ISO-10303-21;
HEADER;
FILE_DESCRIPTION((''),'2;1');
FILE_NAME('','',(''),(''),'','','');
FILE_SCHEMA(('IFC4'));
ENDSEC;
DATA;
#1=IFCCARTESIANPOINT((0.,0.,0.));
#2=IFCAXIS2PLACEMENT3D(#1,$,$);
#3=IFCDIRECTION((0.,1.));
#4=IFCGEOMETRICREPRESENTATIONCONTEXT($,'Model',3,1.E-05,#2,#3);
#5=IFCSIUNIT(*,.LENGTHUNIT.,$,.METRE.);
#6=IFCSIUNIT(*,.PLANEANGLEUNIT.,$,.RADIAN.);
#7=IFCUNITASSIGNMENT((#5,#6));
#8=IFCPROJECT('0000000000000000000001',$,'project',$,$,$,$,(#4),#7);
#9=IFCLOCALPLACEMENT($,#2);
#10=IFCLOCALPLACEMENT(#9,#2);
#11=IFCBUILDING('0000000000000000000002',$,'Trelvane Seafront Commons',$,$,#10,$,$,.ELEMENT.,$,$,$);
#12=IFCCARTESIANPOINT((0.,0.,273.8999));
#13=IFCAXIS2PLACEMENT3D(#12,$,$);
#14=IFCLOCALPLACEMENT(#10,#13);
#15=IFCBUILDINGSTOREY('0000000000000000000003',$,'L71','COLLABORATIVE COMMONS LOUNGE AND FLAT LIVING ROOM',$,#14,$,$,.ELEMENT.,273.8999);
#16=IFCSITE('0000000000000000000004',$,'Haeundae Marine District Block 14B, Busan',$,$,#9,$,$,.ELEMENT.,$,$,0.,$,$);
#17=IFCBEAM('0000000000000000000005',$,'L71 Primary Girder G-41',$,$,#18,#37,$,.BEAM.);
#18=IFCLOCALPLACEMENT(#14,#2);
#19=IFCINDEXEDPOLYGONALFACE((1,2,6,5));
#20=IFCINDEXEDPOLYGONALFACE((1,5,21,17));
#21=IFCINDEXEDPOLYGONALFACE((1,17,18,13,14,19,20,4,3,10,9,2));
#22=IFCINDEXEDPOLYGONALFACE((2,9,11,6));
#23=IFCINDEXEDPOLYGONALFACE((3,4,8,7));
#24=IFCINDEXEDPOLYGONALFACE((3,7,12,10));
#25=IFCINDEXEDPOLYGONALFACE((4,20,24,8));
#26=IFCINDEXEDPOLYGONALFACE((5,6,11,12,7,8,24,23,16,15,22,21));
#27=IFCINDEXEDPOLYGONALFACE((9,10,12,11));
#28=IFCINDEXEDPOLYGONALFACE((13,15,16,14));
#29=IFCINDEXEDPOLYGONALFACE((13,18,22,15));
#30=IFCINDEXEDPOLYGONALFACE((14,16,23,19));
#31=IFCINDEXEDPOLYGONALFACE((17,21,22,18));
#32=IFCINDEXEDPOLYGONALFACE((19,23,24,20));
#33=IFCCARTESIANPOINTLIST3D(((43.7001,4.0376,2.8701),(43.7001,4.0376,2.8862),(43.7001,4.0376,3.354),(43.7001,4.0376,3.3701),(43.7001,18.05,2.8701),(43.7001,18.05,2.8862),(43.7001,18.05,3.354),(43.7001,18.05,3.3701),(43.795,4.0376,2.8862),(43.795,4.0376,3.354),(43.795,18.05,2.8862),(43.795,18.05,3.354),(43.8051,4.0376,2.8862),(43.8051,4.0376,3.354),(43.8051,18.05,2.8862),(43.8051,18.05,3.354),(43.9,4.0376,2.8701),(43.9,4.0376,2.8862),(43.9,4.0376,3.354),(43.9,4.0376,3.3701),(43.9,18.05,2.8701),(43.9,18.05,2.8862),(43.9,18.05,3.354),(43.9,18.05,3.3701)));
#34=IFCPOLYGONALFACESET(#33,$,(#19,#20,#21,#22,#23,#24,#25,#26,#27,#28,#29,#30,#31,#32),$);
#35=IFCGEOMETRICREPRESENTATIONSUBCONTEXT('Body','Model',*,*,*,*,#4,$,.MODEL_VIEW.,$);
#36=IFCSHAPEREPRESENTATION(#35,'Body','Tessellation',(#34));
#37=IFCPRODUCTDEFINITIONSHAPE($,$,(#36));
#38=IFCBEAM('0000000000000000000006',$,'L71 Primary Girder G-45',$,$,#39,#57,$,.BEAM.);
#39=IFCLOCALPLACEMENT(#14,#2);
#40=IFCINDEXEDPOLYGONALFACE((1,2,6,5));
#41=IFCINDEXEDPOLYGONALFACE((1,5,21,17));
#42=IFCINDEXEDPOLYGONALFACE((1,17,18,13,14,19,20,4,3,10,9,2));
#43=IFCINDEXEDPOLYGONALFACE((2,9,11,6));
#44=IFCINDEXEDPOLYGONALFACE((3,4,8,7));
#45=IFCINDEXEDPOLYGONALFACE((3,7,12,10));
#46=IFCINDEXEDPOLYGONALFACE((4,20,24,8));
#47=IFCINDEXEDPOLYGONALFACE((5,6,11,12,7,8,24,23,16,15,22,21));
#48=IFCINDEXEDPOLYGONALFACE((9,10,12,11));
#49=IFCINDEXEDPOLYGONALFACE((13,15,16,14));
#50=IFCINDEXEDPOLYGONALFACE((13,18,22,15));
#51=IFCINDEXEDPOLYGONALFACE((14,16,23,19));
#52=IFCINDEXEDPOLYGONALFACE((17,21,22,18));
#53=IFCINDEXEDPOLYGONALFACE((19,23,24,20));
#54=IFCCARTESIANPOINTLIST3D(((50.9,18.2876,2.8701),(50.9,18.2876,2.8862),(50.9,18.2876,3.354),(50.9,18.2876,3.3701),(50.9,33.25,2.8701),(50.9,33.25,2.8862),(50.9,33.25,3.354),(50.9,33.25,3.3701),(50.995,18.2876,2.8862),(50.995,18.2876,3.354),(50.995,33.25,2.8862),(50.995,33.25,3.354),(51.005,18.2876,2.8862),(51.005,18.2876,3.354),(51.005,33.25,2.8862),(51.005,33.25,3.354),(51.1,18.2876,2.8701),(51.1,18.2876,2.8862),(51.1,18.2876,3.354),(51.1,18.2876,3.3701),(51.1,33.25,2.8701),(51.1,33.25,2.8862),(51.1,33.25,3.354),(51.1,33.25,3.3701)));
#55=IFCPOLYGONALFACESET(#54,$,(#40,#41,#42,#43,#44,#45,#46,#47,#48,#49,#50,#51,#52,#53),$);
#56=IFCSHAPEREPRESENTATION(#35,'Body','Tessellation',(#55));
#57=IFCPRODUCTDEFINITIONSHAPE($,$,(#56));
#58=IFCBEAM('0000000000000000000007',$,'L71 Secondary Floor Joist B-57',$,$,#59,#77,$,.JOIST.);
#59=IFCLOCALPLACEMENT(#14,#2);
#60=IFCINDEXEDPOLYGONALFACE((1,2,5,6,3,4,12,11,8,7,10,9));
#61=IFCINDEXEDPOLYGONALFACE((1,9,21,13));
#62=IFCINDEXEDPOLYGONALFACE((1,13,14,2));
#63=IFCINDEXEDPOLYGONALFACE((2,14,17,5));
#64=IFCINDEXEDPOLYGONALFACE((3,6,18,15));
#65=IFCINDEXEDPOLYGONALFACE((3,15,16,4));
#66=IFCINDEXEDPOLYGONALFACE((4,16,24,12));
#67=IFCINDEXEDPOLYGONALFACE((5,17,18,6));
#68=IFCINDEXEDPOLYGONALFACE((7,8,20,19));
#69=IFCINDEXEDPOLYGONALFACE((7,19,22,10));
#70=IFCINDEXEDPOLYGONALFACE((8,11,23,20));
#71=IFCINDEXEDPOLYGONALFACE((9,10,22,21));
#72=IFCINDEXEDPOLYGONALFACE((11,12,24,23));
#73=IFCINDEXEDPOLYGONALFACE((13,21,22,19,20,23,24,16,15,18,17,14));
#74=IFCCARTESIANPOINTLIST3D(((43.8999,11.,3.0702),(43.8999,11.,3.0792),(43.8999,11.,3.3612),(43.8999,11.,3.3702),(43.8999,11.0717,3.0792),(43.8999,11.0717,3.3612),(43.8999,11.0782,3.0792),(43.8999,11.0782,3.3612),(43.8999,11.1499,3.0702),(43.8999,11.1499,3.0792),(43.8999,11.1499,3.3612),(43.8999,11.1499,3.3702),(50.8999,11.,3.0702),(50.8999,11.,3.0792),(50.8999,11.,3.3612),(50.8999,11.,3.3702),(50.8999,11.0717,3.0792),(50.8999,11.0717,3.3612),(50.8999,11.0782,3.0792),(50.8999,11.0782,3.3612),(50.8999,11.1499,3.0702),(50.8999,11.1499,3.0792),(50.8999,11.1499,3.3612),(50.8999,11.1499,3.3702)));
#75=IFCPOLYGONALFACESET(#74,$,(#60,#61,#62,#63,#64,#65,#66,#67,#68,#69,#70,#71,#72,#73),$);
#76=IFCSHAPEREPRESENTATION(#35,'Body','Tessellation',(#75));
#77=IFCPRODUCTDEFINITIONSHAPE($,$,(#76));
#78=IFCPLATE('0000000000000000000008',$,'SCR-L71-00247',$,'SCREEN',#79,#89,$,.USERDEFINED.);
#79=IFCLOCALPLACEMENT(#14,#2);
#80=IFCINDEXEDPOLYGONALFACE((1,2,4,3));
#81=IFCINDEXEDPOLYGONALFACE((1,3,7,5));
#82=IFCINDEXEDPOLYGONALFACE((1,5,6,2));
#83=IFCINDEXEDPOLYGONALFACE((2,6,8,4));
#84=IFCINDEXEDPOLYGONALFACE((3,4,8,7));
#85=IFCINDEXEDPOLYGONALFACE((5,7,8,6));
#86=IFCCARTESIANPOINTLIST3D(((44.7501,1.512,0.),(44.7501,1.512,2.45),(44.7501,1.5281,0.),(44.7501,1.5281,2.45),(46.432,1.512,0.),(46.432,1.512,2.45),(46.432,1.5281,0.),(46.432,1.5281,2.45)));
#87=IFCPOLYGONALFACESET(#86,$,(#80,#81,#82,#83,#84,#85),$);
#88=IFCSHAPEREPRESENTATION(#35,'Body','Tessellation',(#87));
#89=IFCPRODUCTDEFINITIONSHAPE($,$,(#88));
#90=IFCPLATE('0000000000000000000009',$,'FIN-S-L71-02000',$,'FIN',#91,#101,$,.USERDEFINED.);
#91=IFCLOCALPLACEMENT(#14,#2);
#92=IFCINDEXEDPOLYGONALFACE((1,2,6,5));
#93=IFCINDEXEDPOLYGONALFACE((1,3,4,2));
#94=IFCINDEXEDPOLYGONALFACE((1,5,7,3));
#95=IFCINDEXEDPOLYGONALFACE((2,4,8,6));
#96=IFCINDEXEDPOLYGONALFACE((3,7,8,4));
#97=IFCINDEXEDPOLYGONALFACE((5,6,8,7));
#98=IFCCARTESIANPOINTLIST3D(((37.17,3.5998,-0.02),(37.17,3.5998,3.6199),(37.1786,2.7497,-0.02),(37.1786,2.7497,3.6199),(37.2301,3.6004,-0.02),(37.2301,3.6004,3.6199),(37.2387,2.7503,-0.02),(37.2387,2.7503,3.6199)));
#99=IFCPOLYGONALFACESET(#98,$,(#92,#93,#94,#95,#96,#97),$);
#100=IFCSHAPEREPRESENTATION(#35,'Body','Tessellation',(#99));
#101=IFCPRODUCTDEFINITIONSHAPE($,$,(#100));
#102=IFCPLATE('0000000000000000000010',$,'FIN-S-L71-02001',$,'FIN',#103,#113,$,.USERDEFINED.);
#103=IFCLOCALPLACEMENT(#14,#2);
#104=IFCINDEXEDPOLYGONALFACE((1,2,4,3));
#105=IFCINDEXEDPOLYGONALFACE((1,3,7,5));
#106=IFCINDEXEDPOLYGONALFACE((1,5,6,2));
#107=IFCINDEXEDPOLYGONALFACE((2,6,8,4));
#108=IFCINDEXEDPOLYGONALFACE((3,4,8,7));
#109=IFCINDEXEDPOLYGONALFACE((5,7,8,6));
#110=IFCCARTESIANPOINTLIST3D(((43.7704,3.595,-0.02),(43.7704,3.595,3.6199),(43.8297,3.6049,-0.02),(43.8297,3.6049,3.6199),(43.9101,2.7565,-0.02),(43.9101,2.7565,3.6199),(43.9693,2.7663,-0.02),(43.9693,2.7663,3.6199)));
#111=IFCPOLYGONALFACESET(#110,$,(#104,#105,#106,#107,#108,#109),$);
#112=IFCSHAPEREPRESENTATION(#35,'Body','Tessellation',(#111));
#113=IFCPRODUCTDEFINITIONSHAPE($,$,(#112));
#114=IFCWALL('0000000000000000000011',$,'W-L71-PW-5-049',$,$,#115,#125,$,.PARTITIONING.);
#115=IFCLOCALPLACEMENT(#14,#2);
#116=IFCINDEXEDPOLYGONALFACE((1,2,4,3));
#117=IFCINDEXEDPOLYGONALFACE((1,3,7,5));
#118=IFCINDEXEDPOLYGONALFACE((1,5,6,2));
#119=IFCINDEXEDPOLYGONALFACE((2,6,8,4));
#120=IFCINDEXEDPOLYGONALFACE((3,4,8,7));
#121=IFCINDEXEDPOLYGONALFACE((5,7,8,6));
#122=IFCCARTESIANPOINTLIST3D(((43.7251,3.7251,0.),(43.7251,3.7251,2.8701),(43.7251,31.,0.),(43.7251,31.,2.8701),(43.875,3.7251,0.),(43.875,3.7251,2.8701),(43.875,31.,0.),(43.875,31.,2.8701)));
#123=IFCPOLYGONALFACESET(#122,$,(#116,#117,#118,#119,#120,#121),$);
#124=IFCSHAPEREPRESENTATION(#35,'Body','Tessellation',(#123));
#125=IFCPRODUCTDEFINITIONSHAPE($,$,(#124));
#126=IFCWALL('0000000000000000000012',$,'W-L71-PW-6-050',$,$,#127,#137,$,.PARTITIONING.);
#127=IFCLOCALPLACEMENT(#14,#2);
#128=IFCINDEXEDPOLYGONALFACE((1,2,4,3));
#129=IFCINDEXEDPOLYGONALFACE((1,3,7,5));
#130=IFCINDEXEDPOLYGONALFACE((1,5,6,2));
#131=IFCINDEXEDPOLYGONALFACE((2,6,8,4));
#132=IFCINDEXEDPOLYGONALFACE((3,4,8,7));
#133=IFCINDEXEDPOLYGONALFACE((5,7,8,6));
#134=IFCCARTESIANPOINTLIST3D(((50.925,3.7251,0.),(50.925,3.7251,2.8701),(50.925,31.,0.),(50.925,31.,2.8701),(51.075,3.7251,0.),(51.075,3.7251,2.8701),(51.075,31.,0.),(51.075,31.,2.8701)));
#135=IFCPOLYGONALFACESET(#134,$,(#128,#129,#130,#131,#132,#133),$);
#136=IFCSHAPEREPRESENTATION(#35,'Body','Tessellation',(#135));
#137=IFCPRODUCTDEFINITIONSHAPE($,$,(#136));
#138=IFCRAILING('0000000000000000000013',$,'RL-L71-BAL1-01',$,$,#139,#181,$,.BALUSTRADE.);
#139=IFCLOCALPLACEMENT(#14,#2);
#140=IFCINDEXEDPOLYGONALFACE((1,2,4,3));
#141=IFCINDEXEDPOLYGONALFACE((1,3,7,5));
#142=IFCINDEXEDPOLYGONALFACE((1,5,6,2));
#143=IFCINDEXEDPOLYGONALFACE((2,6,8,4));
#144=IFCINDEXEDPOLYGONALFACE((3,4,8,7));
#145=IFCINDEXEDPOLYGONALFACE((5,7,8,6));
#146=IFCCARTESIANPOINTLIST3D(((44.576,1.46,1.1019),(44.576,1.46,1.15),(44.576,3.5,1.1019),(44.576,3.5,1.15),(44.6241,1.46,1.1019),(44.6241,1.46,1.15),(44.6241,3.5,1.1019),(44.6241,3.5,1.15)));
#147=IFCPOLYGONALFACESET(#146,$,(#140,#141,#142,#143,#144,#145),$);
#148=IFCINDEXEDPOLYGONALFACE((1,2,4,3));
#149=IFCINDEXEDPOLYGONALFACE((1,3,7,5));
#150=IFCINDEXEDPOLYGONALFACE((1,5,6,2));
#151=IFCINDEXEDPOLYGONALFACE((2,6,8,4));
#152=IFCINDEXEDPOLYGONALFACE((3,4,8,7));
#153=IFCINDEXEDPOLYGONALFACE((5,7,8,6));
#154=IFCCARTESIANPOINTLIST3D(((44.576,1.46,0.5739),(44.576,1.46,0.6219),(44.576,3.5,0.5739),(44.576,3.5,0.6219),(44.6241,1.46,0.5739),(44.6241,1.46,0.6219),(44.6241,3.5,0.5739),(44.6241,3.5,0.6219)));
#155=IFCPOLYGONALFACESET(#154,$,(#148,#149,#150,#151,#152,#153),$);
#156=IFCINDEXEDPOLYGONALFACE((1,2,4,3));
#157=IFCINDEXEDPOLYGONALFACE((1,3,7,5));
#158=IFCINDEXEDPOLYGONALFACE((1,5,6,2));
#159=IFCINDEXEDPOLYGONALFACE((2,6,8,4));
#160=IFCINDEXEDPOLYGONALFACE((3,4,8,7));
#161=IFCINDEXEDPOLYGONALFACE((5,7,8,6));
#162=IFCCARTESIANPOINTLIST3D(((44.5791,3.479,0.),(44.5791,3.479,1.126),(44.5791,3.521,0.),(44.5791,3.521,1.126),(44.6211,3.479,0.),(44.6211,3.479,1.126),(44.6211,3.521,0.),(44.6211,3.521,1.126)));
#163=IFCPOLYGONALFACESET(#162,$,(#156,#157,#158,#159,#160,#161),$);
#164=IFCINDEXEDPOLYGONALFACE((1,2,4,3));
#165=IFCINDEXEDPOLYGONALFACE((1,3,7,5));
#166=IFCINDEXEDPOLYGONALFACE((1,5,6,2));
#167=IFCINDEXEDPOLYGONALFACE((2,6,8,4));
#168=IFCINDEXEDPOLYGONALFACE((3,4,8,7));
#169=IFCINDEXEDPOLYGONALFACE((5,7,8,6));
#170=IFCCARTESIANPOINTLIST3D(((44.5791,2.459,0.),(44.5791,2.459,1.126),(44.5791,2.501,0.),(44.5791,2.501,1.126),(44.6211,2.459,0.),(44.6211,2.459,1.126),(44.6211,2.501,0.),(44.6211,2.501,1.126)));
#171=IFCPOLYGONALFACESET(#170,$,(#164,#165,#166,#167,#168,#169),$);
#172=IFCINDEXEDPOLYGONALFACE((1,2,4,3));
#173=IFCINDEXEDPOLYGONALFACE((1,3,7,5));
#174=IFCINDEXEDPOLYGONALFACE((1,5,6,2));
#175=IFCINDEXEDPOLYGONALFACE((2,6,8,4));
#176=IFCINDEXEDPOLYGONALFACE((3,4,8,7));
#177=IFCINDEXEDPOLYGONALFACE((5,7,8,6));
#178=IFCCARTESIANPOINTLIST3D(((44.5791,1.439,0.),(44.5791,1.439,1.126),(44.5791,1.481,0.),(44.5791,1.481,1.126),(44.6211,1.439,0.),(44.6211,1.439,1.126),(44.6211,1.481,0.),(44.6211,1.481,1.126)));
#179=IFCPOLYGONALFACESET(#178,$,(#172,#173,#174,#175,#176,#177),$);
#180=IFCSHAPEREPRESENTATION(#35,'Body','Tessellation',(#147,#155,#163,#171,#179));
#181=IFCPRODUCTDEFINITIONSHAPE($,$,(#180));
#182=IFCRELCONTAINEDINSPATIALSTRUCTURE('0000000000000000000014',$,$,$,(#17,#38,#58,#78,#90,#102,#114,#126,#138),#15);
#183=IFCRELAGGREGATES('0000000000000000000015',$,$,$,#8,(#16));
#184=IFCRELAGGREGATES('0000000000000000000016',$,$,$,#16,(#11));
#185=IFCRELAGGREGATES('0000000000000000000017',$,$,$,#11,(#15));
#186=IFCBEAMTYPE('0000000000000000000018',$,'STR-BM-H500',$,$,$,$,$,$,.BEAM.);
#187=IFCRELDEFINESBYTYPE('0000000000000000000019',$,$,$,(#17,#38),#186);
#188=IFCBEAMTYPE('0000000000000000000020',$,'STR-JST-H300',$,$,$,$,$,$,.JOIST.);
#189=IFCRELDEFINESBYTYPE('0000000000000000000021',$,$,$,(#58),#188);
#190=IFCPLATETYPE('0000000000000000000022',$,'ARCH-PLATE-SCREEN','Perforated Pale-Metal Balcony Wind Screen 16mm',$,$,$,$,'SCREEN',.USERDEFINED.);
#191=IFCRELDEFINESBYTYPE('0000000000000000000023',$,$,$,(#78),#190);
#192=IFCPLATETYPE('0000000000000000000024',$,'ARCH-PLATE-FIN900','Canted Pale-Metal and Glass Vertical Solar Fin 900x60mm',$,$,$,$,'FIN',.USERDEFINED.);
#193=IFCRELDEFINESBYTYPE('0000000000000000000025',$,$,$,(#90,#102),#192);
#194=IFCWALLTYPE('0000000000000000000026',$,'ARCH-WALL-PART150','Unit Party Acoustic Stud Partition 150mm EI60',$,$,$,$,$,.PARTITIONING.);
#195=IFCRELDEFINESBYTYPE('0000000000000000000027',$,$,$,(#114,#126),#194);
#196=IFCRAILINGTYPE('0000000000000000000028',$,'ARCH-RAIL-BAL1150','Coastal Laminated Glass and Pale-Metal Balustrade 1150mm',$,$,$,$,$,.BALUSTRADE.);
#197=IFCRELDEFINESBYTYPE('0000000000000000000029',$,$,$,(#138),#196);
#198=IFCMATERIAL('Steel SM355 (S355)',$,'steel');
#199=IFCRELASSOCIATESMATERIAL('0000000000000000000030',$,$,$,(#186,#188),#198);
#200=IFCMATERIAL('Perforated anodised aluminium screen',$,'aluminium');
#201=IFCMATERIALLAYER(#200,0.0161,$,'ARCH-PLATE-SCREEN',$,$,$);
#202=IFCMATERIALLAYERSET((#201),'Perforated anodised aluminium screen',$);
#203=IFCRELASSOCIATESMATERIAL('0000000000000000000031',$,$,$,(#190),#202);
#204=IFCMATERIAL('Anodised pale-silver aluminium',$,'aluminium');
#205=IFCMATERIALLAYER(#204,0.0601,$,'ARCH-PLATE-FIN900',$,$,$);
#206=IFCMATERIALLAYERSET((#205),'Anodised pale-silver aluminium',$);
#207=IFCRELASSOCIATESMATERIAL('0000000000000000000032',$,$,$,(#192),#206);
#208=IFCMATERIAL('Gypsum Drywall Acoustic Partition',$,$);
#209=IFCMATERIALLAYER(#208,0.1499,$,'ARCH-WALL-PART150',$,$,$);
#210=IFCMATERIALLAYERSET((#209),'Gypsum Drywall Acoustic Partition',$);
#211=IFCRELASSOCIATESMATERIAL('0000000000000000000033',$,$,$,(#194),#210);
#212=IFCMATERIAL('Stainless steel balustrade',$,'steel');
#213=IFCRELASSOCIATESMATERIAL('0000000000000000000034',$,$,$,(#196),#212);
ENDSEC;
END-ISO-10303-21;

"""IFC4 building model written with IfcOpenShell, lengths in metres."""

from ifc_helpers import new_model, si_unit, direction, frame, frame_2d, origin, origin_2d, place, context, subcontext, project, spatial, rectangle, i_section, extrude, source, transform, mapped, material, layer, layer_set, material_profile, profile_set, type_object, element, save


model = new_model("IFC4")

# Units and contexts
model_context = context("Model", 3, precision=1e-05, world=origin(), true_north=direction((0.0, 1.0)))
body_context = subcontext(model_context, "Body", "Model", "MODEL_VIEW")
ifc_project = project(units=[si_unit("LENGTHUNIT", "METRE"), si_unit("PLANEANGLEUNIT", "RADIAN")], contexts=[model_context])

# Site, building, storey
site_placement = place(None, origin())
site = spatial("IfcSite", under=ifc_project, at=site_placement, Name="Haeundae Marine District Block 14B, Busan", CompositionType="ELEMENT", RefElevation=0.0)
building_placement = place(site_placement, origin())
building = spatial("IfcBuilding", under=site, at=building_placement, Name="Trelvane Seafront Commons", CompositionType="ELEMENT")
storey_placement = place(building_placement, frame((0.0, 0.0, 273.8999)))
storey = spatial("IfcBuildingStorey", under=building, at=storey_placement, Name="L71", Description="COLLABORATIVE COMMONS LOUNGE AND FLAT LIVING ROOM", CompositionType="ELEMENT", Elevation=273.8999)

# Shared definitions
ifc_material_1 = material(Name="Steel SM355 (S355)", Category="steel")

# Beams
ifc_material_profile_1 = material_profile(ifc_material_1, i_section(OverallWidth=0.2, OverallDepth=0.5, WebThickness=0.01, FlangeThickness=0.0161, at=origin_2d()), Name="H-500x200x10x16")
ifc_profile_set_1 = profile_set([ifc_material_profile_1], Name="Steel SM355 (S355)")
beam_type_1 = type_object("IfcBeamType", Name="STR-BM-H500", PredefinedType="BEAM", material=ifc_profile_set_1)
shared_shape_1 = source(origin(), body_context, "Body", "SweptSolid", [
    extrude(i_section(OverallWidth=0.2, OverallDepth=0.5, WebThickness=0.01, FlangeThickness=0.0161, at=origin_2d()), origin(), (0.0, 0.0, 1.0), 14.0125),
])
beam_1_placement = place(storey_placement, frame((43.8, 4.0376, 3.1201), z_axis=(0.0, 1.0, 0.0), x_axis=(-1.0, 0.0, 0.0)))
element("IfcBeam", 1, at=beam_1_placement, inside=storey, type_object=beam_type_1, Name="L71 Primary Girder G-41", PredefinedType="BEAM", context=body_context, shape_type="MappedRepresentation", body=[
    mapped(shared_shape_1, transform((0.0, 0.0, 0.0), x_axis=(1.0, 0.0, 0.0), y_axis=(0.0, 1.0, 0.0), z_axis=(0.0, 0.0, 1.0), scale=1.0)),
])
shared_shape_2 = source(origin(), body_context, "Body", "SweptSolid", [
    extrude(i_section(OverallWidth=0.2, OverallDepth=0.5, WebThickness=0.01, FlangeThickness=0.0161, at=origin_2d()), origin(), (0.0, 0.0, 1.0), 14.9624),
])
beam_2_placement = place(storey_placement, frame((51.0, 18.2876, 3.1201), z_axis=(0.0, 1.0, 0.0), x_axis=(-1.0, 0.0, 0.0)))
element("IfcBeam", 2, at=beam_2_placement, inside=storey, type_object=beam_type_1, Name="L71 Primary Girder G-45", PredefinedType="BEAM", context=body_context, shape_type="MappedRepresentation", body=[
    mapped(shared_shape_2, transform((0.0, 0.0, 0.0), x_axis=(1.0, 0.0, 0.0), y_axis=(0.0, 1.0, 0.0), z_axis=(0.0, 0.0, 1.0), scale=1.0)),
])
ifc_material_profile_2 = material_profile(ifc_material_1, i_section(OverallWidth=0.1499, OverallDepth=0.3, WebThickness=0.0066, FlangeThickness=0.009, at=origin_2d()), Name="H-300x150x6.5x9")
ifc_profile_set_2 = profile_set([ifc_material_profile_2], Name="Steel SM355 (S355)")
beam_type_2 = type_object("IfcBeamType", Name="STR-JST-H300", PredefinedType="JOIST", material=ifc_profile_set_2)
shared_shape_3 = source(origin(), body_context, "Body", "SweptSolid", [
    extrude(i_section(OverallWidth=0.1499, OverallDepth=0.3, WebThickness=0.0066, FlangeThickness=0.009, at=origin_2d()), origin(), (0.0, 0.0, 1.0), 7.0),
])
beam_3_placement = place(storey_placement, frame((43.8999, 11.075, 3.2202), z_axis=(1.0, 0.0, 0.0), x_axis=(0.0, 1.0, 0.0)))
element("IfcBeam", 3, at=beam_3_placement, inside=storey, type_object=beam_type_2, Name="L71 Secondary Floor Joist B-57", PredefinedType="JOIST", context=body_context, shape_type="MappedRepresentation", body=[
    mapped(shared_shape_3, transform((0.0, 0.0, 0.0), x_axis=(1.0, 0.0, 0.0), y_axis=(0.0, 1.0, 0.0), z_axis=(0.0, 0.0, 1.0), scale=1.0)),
])

# Plates
ifc_material_2 = material(Name="Perforated anodised aluminium screen", Category="aluminium")
ifc_layer_1 = layer(ifc_material_2, 0.0161, Name="ARCH-PLATE-SCREEN")
ifc_layer_set_1 = layer_set([ifc_layer_1], Name="Perforated anodised aluminium screen")
plate_type_1 = type_object("IfcPlateType", Name="ARCH-PLATE-SCREEN", Description="Perforated Pale-Metal Balcony Wind Screen 16mm", ElementType="SCREEN", PredefinedType="USERDEFINED", material=ifc_layer_set_1)
shared_shape_4 = source(origin(), body_context, "Body", "SweptSolid", [
    extrude(rectangle(XDim=1.6819, YDim=0.0161, at=origin_2d()), origin(), (0.0, 0.0, 1.0), 2.45),
])
plate_placement = place(storey_placement, frame((45.5911, 1.52, 0.0), z_axis=(0.0, 0.0, 1.0), x_axis=(1.0, 0.0, 0.0)))
element("IfcPlate", 4, at=plate_placement, inside=storey, type_object=plate_type_1, Name="SCR-L71-00247", ObjectType="SCREEN", PredefinedType="USERDEFINED", context=body_context, shape_type="MappedRepresentation", body=[
    mapped(shared_shape_4, transform((0.0, 0.0, 0.0), x_axis=(1.0, 0.0, 0.0), y_axis=(0.0, 1.0, 0.0), z_axis=(0.0, 0.0, 1.0), scale=1.0)),
])
ifc_material_3 = material(Name="Anodised pale-silver aluminium", Category="aluminium")
ifc_layer_2 = layer(ifc_material_3, 0.0601, Name="ARCH-PLATE-FIN900")
ifc_layer_set_2 = layer_set([ifc_layer_2], Name="Anodised pale-silver aluminium")
plate_type_2 = type_object("IfcPlateType", Name="ARCH-PLATE-FIN900", Description="Canted Pale-Metal and Glass Vertical Solar Fin 900x60mm", ElementType="FIN", PredefinedType="USERDEFINED", material=ifc_layer_set_2)
shared_shape_5 = source(origin(), body_context, "Body", "SweptSolid", [
    extrude(rectangle(XDim=0.8501, YDim=0.0601, at=origin_2d()), origin(), (0.0, 0.0, 1.0), 3.6399),
])
for number, where, z_axis, x_axis, name in (
    (5, (37.2043, 3.175, -0.02), (0.0, 0.0, 1.0), (0.010118, -0.999949, 0.0), "FIN-S-L71-02000"),
    (6, (43.8699, 3.1807, -0.02), (0.0, 0.0, 1.0), (0.164226, -0.986423, 0.0), "FIN-S-L71-02001"),
):
    element("IfcPlate", number, at=place(storey_placement, frame(where, z_axis=z_axis, x_axis=x_axis)), inside=storey, type_object=plate_type_2, Name=name, ObjectType="FIN", PredefinedType="USERDEFINED", context=body_context, shape_type="MappedRepresentation", body=[
        mapped(shared_shape_5, transform((0.0, 0.0, 0.0), x_axis=(1.0, 0.0, 0.0), y_axis=(0.0, 1.0, 0.0), z_axis=(0.0, 0.0, 1.0), scale=1.0)),
    ])

# Walls
ifc_material_4 = material(Name="Gypsum Drywall Acoustic Partition")
ifc_layer_3 = layer(ifc_material_4, 0.1499, Name="ARCH-WALL-PART150")
ifc_layer_set_3 = layer_set([ifc_layer_3], Name="Gypsum Drywall Acoustic Partition")
wall_type = type_object("IfcWallType", Name="ARCH-WALL-PART150", Description="Unit Party Acoustic Stud Partition 150mm EI60", PredefinedType="PARTITIONING", material=ifc_layer_set_3)
for number, where, z_axis, x_axis, name in (
    (7, (43.8, 3.7251, 0.0), (0.0, 0.0, 1.0), (0.0, 1.0, 0.0), "W-L71-PW-5-049"),
    (8, (51.0, 3.7251, 0.0), (0.0, 0.0, 1.0), (0.0, 1.0, 0.0), "W-L71-PW-6-050"),
):
    element("IfcWall", number, at=place(storey_placement, frame(where, z_axis=z_axis, x_axis=x_axis)), inside=storey, type_object=wall_type, Name=name, PredefinedType="PARTITIONING", context=body_context, shape_type="SweptSolid", body=[
        extrude(rectangle(XDim=27.2749, YDim=0.1499, at=frame_2d((13.6375, 0.0))), origin(), (0.0, 0.0, 1.0), 2.8701),
    ])

# Railing
ifc_material_5 = material(Name="Stainless steel balustrade", Category="steel")
railing_type = type_object("IfcRailingType", Name="ARCH-RAIL-BAL1150", Description="Coastal Laminated Glass and Pale-Metal Balustrade 1150mm", PredefinedType="BALUSTRADE", material=ifc_material_5)
railing_1_placement = place(storey_placement, frame((44.6001, 3.5, 0.0)))
element("IfcRailing", 9, at=railing_1_placement, inside=storey, type_object=railing_type, Name="RL-L71-BAL1-01", PredefinedType="BALUSTRADE", context=body_context, shape_type="SweptSolid", body=[
    extrude(rectangle(XDim=0.0481, YDim=0.0481, at=origin_2d()), frame((0.0, 0.0, 1.126), z_axis=(0.0, -1.0, 0.0), x_axis=(1.0, 0.0, 0.0)), (0.0, 0.0, 1.0), 2.04),
    extrude(rectangle(XDim=0.0481, YDim=0.0481, at=origin_2d()), frame((0.0, 0.0, 0.5979), z_axis=(0.0, -1.0, 0.0), x_axis=(1.0, 0.0, 0.0)), (0.0, 0.0, 1.0), 2.04),
    extrude(rectangle(XDim=0.042, YDim=0.042, at=origin_2d()), origin(), (0.0, 0.0, 1.0), 1.126),
    extrude(rectangle(XDim=0.042, YDim=0.042, at=origin_2d()), frame((0.0, -1.02, 0.0)), (0.0, 0.0, 1.0), 1.126),
    extrude(rectangle(XDim=0.042, YDim=0.042, at=origin_2d()), frame((0.0, -2.04, 0.0)), (0.0, 0.0, 1.0), 1.126),
])

save(model, "model.ifc")
